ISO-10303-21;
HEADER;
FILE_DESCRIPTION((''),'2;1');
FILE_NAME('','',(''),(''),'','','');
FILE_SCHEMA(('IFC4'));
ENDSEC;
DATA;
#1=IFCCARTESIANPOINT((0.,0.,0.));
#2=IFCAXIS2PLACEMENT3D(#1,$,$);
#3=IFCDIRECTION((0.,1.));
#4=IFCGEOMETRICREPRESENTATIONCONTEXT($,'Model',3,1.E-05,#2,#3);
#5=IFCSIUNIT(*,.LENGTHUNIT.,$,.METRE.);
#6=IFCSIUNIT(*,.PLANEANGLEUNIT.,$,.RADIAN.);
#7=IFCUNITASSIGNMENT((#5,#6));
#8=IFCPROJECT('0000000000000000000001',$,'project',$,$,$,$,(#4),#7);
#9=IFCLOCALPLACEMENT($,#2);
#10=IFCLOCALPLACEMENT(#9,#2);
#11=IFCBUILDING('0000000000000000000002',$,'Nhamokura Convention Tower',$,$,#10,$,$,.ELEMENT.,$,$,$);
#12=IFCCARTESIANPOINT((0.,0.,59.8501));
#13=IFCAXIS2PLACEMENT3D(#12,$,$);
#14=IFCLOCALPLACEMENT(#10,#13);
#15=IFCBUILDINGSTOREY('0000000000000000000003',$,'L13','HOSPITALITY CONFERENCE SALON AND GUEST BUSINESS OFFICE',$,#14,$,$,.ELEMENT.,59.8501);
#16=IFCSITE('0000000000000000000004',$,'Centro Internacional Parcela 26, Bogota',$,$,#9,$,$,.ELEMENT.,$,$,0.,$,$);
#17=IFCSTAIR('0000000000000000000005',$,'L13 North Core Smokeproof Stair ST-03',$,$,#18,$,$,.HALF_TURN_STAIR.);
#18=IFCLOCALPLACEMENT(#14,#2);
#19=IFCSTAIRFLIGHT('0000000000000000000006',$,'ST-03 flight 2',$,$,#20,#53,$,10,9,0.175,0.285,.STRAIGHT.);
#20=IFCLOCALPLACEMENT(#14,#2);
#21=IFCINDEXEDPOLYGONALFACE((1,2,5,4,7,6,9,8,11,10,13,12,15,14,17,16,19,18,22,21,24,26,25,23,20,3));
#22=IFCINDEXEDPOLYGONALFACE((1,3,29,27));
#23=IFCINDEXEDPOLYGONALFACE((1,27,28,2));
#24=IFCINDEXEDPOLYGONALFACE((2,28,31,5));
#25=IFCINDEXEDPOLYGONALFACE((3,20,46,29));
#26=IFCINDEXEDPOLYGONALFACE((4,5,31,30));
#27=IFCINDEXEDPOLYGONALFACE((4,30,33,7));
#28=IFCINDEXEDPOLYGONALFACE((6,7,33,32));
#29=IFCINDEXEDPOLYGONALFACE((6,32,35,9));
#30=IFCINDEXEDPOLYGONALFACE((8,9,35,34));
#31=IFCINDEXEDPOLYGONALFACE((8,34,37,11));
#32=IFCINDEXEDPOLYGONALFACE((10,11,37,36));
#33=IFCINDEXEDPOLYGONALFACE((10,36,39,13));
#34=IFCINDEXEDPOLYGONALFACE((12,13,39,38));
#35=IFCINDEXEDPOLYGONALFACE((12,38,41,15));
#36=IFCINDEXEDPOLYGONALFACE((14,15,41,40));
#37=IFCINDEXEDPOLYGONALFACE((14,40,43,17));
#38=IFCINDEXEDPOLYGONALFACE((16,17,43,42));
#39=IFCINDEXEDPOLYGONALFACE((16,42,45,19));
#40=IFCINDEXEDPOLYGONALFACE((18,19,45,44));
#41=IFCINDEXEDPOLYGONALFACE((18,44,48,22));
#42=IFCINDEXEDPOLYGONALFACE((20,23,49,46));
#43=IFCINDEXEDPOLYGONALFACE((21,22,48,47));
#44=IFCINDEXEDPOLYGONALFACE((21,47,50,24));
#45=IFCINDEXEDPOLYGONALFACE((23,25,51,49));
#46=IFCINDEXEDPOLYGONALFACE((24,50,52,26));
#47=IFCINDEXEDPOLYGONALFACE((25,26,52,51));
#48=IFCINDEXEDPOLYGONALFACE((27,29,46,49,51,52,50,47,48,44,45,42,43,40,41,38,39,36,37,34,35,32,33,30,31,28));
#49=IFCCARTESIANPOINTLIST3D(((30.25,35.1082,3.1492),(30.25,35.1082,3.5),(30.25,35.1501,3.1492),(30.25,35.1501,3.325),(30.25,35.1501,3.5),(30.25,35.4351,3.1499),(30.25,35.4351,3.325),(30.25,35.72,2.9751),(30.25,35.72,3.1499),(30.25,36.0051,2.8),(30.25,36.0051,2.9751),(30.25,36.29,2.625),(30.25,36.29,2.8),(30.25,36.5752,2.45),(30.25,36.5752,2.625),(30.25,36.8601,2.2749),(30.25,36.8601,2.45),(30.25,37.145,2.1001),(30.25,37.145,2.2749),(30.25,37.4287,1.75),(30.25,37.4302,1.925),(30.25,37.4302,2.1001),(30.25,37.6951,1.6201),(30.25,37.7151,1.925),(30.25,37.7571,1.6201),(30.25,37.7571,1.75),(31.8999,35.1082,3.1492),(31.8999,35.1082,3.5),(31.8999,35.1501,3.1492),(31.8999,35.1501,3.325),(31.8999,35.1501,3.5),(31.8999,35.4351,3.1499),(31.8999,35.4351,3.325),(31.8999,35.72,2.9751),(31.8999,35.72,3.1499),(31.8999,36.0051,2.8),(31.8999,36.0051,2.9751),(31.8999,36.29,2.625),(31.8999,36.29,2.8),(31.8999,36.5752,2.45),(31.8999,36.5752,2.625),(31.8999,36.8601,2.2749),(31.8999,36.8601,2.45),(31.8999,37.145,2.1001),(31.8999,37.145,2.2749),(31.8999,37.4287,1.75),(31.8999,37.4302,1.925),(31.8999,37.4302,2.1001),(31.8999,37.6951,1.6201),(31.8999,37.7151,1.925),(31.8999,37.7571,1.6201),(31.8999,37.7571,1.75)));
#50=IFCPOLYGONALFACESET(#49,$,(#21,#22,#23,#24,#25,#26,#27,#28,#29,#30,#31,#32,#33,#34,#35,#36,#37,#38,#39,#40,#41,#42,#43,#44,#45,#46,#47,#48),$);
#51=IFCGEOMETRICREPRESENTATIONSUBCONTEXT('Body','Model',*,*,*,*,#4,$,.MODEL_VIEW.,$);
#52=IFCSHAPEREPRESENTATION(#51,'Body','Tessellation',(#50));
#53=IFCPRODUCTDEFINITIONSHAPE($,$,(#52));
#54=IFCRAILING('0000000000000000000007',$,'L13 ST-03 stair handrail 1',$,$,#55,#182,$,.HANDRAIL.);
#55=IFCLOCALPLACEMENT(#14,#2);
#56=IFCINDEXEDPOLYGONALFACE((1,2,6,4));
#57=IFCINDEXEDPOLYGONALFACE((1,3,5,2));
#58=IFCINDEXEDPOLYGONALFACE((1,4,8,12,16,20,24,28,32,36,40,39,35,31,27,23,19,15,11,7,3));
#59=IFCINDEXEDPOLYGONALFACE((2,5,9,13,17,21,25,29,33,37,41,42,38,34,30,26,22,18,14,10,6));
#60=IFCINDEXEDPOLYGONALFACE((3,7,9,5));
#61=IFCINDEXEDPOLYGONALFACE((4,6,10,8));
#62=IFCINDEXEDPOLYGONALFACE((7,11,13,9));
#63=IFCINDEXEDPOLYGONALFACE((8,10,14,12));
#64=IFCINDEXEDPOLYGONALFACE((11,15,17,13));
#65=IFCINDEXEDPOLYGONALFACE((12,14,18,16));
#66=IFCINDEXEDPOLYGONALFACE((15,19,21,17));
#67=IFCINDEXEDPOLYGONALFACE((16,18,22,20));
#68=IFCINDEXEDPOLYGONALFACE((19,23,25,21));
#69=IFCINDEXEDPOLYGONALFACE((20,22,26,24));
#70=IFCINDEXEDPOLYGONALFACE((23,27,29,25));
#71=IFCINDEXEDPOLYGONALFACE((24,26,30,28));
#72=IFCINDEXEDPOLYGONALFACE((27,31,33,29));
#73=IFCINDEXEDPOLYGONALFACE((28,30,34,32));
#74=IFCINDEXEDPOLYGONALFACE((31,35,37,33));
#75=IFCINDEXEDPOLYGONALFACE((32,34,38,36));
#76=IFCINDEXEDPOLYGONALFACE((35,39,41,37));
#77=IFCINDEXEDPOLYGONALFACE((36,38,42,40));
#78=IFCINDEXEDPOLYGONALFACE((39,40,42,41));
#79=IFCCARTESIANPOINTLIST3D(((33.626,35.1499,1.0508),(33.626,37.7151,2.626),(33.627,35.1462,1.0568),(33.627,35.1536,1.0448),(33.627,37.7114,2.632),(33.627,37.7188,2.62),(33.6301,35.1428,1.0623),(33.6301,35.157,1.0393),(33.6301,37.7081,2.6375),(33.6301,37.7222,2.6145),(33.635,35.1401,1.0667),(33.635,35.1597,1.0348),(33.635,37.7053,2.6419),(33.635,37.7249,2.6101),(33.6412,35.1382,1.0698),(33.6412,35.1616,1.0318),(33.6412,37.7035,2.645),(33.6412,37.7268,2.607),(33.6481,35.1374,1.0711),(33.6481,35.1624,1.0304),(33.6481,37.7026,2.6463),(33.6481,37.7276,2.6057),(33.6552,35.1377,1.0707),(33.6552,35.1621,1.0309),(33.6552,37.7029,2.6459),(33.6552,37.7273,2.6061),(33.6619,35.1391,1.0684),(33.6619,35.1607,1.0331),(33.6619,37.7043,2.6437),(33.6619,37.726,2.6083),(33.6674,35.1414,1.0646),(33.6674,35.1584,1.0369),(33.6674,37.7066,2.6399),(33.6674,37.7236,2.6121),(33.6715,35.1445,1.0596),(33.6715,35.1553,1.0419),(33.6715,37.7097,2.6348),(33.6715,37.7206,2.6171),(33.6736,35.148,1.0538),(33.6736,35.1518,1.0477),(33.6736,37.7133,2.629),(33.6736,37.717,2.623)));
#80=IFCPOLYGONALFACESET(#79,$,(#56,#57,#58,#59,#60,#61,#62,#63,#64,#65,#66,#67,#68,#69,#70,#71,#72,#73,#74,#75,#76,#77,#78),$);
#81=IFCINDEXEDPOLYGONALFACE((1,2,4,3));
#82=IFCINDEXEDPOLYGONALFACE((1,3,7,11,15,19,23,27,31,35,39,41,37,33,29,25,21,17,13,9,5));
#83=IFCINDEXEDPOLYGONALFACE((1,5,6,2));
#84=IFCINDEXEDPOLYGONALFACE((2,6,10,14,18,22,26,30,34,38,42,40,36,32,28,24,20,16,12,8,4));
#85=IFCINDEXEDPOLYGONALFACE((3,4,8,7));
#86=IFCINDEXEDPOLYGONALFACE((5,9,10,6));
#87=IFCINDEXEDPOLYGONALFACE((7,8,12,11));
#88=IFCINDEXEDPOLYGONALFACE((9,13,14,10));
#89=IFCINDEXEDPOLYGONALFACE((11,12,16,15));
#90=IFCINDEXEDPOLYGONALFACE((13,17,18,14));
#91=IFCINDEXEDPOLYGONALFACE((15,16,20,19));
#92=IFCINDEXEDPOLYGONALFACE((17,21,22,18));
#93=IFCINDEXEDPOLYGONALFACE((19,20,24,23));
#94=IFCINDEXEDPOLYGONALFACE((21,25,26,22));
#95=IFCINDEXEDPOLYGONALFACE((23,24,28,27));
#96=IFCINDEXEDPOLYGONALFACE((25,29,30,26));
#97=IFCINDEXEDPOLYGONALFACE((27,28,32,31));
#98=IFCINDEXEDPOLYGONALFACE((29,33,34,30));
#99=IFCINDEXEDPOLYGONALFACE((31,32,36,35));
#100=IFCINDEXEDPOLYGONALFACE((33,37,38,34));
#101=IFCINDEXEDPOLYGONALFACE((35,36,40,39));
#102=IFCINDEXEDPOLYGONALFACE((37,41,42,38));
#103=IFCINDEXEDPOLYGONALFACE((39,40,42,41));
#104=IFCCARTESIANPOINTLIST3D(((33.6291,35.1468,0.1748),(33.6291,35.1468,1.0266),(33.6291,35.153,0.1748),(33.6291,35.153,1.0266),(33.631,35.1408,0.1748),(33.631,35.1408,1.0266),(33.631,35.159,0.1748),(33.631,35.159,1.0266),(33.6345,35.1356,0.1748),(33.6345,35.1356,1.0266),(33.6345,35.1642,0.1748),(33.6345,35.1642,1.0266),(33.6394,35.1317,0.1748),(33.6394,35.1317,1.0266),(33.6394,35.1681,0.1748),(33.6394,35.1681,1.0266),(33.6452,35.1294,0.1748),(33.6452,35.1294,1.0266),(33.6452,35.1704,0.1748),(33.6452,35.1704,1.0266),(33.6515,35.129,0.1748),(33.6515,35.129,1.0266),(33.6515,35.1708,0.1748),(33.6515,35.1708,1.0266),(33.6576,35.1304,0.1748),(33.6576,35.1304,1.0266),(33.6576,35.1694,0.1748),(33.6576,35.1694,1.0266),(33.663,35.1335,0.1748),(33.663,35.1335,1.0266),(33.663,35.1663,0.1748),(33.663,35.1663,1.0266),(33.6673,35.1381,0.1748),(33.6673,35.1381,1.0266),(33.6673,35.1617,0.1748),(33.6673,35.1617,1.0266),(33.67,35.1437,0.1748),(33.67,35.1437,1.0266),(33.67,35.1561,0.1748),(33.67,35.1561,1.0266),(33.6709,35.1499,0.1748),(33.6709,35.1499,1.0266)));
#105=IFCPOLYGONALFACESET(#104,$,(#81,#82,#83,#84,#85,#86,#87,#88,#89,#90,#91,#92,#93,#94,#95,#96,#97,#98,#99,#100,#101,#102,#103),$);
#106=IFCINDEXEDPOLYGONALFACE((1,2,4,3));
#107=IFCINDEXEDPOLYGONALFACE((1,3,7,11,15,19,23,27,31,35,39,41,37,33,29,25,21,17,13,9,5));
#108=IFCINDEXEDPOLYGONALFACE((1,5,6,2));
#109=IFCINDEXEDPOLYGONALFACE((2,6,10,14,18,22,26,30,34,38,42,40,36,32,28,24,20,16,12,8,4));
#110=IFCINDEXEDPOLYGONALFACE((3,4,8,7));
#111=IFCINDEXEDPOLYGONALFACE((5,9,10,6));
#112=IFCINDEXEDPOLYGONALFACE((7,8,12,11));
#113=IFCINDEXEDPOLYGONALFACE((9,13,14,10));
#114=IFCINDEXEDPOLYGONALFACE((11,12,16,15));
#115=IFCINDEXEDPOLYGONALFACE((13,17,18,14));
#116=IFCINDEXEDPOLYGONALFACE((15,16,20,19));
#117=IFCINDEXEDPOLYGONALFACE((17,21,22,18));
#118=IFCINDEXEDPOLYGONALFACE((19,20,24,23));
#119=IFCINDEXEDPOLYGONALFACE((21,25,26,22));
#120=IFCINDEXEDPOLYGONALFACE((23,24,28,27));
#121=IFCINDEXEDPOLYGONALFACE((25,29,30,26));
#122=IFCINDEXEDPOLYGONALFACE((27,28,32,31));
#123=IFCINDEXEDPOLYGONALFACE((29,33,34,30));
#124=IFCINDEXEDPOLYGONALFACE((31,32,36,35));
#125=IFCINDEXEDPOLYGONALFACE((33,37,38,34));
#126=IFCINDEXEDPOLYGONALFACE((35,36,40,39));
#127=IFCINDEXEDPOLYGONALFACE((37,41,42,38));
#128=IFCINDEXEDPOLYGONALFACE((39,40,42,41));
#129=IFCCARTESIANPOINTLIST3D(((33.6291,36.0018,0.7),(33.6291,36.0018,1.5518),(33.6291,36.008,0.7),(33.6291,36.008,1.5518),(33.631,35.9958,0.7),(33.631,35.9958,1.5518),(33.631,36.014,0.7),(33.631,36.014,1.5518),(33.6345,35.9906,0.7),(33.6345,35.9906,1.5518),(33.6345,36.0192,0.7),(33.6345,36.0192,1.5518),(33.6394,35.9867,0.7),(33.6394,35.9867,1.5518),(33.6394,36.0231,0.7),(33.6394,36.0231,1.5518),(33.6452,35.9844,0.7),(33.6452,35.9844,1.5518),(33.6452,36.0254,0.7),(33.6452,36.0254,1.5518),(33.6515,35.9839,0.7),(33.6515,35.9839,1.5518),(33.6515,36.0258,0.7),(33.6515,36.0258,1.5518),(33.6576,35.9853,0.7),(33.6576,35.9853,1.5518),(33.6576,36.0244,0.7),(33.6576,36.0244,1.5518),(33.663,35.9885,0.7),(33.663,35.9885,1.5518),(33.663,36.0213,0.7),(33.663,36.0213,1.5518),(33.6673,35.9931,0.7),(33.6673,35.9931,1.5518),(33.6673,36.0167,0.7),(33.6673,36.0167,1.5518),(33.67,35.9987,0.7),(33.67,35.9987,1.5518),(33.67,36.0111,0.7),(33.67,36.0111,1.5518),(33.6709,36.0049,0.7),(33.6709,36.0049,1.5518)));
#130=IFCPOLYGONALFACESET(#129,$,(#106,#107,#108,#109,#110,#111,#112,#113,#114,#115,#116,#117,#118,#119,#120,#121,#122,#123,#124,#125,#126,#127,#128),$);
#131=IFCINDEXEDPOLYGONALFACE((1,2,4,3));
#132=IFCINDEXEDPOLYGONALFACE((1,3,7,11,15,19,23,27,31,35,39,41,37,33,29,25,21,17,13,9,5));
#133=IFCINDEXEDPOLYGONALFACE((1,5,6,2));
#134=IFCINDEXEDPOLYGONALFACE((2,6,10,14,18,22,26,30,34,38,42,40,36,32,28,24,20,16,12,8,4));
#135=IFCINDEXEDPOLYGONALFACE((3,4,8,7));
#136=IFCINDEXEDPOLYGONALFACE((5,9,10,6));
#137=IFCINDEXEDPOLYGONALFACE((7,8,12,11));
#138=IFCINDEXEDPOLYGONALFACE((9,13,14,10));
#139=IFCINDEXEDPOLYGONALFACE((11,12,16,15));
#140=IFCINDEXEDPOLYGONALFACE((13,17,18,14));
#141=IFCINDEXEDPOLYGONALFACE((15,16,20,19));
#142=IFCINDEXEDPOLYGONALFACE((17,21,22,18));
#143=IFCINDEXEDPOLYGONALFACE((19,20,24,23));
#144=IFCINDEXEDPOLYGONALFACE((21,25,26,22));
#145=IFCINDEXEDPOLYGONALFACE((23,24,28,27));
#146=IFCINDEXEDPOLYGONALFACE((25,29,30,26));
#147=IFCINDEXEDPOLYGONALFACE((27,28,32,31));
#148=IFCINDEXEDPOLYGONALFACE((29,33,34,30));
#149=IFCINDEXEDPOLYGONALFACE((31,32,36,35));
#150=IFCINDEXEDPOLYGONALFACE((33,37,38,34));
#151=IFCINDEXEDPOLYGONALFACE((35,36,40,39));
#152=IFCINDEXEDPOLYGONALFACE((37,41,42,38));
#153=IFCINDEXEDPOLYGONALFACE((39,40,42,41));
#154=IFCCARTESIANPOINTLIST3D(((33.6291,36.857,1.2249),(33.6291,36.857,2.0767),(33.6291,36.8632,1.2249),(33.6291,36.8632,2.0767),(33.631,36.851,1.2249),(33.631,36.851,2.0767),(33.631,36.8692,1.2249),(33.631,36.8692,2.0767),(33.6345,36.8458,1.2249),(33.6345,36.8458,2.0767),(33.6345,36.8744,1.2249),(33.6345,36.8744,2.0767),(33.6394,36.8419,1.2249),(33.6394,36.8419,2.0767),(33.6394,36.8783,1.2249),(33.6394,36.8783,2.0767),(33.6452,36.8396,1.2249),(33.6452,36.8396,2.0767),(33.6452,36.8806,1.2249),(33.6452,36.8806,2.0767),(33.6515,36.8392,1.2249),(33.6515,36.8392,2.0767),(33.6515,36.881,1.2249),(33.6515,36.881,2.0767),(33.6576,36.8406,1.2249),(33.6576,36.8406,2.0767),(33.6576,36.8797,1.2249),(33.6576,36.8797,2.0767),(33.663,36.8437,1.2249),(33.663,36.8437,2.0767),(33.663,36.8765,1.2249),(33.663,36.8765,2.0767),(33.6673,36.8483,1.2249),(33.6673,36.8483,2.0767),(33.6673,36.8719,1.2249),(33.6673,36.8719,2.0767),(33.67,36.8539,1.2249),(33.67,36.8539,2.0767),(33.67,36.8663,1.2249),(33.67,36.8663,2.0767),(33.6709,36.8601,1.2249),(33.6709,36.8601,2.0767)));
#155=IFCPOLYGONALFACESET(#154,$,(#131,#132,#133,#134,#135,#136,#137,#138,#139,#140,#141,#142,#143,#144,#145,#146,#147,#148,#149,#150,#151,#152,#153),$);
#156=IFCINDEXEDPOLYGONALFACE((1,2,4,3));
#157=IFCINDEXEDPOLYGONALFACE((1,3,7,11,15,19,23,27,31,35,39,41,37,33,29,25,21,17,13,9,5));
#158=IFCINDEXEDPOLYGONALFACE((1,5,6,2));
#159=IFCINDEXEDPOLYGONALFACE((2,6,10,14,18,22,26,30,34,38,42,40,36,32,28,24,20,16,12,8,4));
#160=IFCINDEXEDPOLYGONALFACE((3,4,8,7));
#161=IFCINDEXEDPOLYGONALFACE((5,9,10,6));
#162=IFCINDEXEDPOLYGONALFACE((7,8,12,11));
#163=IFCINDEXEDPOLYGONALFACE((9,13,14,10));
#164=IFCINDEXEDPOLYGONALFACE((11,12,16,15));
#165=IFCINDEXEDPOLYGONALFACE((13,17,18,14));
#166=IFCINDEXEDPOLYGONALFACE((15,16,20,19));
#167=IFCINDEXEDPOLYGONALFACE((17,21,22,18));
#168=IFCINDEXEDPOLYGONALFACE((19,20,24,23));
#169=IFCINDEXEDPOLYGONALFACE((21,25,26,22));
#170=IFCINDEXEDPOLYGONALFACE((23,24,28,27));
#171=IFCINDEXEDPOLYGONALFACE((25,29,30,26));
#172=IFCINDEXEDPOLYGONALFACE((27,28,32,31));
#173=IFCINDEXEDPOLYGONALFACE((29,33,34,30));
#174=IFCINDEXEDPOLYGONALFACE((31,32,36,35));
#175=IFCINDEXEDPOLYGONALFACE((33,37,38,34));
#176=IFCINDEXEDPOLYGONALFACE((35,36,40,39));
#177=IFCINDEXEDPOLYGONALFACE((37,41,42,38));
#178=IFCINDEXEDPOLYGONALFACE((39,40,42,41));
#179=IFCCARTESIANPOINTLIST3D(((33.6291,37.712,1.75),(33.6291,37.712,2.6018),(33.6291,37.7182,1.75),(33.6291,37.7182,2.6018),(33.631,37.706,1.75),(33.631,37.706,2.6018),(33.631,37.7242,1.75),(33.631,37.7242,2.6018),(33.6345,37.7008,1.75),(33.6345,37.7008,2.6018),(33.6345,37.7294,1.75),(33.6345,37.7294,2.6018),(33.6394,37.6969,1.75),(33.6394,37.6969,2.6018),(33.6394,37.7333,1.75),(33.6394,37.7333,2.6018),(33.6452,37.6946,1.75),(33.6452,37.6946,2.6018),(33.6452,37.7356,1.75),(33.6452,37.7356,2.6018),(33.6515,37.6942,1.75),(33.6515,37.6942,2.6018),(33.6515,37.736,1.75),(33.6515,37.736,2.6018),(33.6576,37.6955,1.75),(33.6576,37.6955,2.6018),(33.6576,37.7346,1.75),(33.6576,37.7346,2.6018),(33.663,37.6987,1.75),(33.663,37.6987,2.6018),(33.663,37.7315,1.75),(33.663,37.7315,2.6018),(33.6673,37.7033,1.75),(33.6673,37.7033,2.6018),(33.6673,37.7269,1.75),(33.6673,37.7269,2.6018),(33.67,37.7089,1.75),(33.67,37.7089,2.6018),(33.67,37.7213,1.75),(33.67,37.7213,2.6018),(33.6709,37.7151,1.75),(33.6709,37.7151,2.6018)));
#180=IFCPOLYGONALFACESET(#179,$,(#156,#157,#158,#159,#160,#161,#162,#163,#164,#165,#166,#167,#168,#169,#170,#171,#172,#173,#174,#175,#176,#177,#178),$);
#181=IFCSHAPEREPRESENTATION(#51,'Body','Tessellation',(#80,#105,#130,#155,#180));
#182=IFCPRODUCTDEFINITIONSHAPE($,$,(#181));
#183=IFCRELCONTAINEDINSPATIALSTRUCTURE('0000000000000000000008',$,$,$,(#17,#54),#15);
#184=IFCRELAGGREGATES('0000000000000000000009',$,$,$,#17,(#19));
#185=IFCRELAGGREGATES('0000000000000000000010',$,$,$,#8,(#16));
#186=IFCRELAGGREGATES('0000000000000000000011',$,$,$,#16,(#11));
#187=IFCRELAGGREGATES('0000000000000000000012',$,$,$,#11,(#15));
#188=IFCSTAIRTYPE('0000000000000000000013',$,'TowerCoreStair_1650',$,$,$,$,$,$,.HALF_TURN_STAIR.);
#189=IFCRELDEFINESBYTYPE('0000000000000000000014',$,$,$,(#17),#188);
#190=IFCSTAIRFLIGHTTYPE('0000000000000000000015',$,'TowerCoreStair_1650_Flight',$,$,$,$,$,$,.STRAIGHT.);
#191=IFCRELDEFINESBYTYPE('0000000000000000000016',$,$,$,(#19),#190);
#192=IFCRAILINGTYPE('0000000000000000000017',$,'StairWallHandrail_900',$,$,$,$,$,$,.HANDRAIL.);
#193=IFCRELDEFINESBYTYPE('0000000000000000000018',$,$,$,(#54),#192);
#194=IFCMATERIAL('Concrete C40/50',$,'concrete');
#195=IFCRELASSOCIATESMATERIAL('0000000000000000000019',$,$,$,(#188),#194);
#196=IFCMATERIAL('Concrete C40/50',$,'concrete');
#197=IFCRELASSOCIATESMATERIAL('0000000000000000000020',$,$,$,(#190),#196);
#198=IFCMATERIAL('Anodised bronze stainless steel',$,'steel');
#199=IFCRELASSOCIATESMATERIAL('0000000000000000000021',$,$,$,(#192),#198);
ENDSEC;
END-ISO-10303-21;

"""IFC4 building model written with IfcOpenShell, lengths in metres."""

from ifc_helpers import new_model, si_unit, direction, frame, origin, origin_2d, place, context, subcontext, project, spatial, polyline, circle, outline, extrude, material, type_object, element, aggregate, save


model = new_model("IFC4")

# Units and contexts
model_context = context("Model", 3, precision=1e-05, world=origin(), true_north=direction((0.0, 1.0)))
body_context = subcontext(model_context, "Body", "Model", "MODEL_VIEW")
ifc_project = project(units=[si_unit("LENGTHUNIT", "METRE"), si_unit("PLANEANGLEUNIT", "RADIAN")], contexts=[model_context])

# Site, building, storey
site_placement = place(None, origin())
site = spatial("IfcSite", under=ifc_project, at=site_placement, Name="Centro Internacional Parcela 26, Bogota", CompositionType="ELEMENT", RefElevation=0.0)
building_placement = place(site_placement, origin())
building = spatial("IfcBuilding", under=site, at=building_placement, Name="Nhamokura Convention Tower", CompositionType="ELEMENT")
storey_placement = place(building_placement, frame((0.0, 0.0, 59.8501)))
storey = spatial("IfcBuildingStorey", under=building, at=storey_placement, Name="L13", Description="HOSPITALITY CONFERENCE SALON AND GUEST BUSINESS OFFICE", CompositionType="ELEMENT", Elevation=59.8501)

# Stair, stair flight
ifc_material_1 = material(Name="Concrete C40/50", Category="concrete")
stair_type = type_object("IfcStairType", Name="TowerCoreStair_1650", PredefinedType="HALF_TURN_STAIR", material=ifc_material_1)
stair_placement = place(storey_placement, origin())
stair = element("IfcStair", 1, at=stair_placement, inside=storey, type_object=stair_type, Name="L13 North Core Smokeproof Stair ST-03", PredefinedType="HALF_TURN_STAIR")
ifc_material_2 = material(Name="Concrete C40/50", Category="concrete")
stair_flight_type = type_object("IfcStairFlightType", Name="TowerCoreStair_1650_Flight", PredefinedType="STRAIGHT", material=ifc_material_2)
stair_flight_1_placement = place(storey_placement, frame((31.075, 37.7151, 1.75), z_axis=(0.0, 0.0, 1.0), x_axis=(0.0, -1.0, 0.0)))
stair_flight_1 = element("IfcStairFlight", 2, at=stair_flight_1_placement, type_object=stair_flight_type, Name="ST-03 flight 2", NumberOfRisers=10, NumberOfTreads=9, PredefinedType="STRAIGHT", RiserHeight=0.175, TreadLength=0.285, context=body_context, shape_type="SweptSolid", body=[
    extrude(outline(polyline([(-0.042, 0.0), (0.0, 0.175), (0.2849, 0.175), (0.2849, 0.3501), (0.5701, 0.3501), (0.5701, 0.5249), (0.855, 0.5249), (0.855, 0.7), (1.1399, 0.7), (1.1399, 0.875), (1.425, 0.875), (1.425, 1.05), (1.71, 1.05), (1.71, 1.2251), (1.9951, 1.2251), (1.9951, 1.3999), (2.28, 1.3999), (2.28, 1.575), (2.5649, 1.575), (2.5649, 1.75), (2.6069, 1.75), (2.6069, 1.3992), (2.5649, 1.3992), (0.2864, 0.0), (0.02, -0.1299), (-0.042, -0.1299), (-0.042, 0.0)])), frame((0.0, 0.825, 0.0), z_axis=(0.0, -1.0, 0.0), x_axis=(1.0, 0.0, 0.0)), (0.0, 0.0, 1.0), 1.6499),
])
aggregate(stair, [stair_flight_1])

# Railing
ifc_material_3 = material(Name="Anodised bronze stainless steel", Category="steel")
railing_type_1 = type_object("IfcRailingType", Name="StairWallHandrail_900", PredefinedType="HANDRAIL", material=ifc_material_3)
railing_1_placement = place(storey_placement, frame((33.6499, 35.1499, 0.1748)))
element("IfcRailing", 3, at=railing_1_placement, inside=storey, type_object=railing_type_1, Name="L13 ST-03 stair handrail 1", PredefinedType="HANDRAIL", context=body_context, shape_type="SweptSolid", body=[
    extrude(circle(Radius=0.0239, at=origin_2d()), frame((0.0, 0.0, 0.876), z_axis=(0.0, 0.852159, 0.523283), x_axis=(-1.0, 0.0, 0.0)), (0.0, 0.0, 1.0), 3.0103),
    extrude(circle(Radius=0.021, at=origin_2d()), origin(), (0.0, 0.0, 1.0), 0.8518),
    extrude(circle(Radius=0.021, at=origin_2d()), frame((0.0, 0.855, 0.5251)), (0.0, 0.0, 1.0), 0.8518),
    extrude(circle(Radius=0.021, at=origin_2d()), frame((0.0, 1.7102, 1.05)), (0.0, 0.0, 1.0), 0.8518),
    extrude(circle(Radius=0.021, at=origin_2d()), frame((0.0, 2.5652, 1.5752)), (0.0, 0.0, 1.0), 0.8518),
])

save(model, "model.ifc")
